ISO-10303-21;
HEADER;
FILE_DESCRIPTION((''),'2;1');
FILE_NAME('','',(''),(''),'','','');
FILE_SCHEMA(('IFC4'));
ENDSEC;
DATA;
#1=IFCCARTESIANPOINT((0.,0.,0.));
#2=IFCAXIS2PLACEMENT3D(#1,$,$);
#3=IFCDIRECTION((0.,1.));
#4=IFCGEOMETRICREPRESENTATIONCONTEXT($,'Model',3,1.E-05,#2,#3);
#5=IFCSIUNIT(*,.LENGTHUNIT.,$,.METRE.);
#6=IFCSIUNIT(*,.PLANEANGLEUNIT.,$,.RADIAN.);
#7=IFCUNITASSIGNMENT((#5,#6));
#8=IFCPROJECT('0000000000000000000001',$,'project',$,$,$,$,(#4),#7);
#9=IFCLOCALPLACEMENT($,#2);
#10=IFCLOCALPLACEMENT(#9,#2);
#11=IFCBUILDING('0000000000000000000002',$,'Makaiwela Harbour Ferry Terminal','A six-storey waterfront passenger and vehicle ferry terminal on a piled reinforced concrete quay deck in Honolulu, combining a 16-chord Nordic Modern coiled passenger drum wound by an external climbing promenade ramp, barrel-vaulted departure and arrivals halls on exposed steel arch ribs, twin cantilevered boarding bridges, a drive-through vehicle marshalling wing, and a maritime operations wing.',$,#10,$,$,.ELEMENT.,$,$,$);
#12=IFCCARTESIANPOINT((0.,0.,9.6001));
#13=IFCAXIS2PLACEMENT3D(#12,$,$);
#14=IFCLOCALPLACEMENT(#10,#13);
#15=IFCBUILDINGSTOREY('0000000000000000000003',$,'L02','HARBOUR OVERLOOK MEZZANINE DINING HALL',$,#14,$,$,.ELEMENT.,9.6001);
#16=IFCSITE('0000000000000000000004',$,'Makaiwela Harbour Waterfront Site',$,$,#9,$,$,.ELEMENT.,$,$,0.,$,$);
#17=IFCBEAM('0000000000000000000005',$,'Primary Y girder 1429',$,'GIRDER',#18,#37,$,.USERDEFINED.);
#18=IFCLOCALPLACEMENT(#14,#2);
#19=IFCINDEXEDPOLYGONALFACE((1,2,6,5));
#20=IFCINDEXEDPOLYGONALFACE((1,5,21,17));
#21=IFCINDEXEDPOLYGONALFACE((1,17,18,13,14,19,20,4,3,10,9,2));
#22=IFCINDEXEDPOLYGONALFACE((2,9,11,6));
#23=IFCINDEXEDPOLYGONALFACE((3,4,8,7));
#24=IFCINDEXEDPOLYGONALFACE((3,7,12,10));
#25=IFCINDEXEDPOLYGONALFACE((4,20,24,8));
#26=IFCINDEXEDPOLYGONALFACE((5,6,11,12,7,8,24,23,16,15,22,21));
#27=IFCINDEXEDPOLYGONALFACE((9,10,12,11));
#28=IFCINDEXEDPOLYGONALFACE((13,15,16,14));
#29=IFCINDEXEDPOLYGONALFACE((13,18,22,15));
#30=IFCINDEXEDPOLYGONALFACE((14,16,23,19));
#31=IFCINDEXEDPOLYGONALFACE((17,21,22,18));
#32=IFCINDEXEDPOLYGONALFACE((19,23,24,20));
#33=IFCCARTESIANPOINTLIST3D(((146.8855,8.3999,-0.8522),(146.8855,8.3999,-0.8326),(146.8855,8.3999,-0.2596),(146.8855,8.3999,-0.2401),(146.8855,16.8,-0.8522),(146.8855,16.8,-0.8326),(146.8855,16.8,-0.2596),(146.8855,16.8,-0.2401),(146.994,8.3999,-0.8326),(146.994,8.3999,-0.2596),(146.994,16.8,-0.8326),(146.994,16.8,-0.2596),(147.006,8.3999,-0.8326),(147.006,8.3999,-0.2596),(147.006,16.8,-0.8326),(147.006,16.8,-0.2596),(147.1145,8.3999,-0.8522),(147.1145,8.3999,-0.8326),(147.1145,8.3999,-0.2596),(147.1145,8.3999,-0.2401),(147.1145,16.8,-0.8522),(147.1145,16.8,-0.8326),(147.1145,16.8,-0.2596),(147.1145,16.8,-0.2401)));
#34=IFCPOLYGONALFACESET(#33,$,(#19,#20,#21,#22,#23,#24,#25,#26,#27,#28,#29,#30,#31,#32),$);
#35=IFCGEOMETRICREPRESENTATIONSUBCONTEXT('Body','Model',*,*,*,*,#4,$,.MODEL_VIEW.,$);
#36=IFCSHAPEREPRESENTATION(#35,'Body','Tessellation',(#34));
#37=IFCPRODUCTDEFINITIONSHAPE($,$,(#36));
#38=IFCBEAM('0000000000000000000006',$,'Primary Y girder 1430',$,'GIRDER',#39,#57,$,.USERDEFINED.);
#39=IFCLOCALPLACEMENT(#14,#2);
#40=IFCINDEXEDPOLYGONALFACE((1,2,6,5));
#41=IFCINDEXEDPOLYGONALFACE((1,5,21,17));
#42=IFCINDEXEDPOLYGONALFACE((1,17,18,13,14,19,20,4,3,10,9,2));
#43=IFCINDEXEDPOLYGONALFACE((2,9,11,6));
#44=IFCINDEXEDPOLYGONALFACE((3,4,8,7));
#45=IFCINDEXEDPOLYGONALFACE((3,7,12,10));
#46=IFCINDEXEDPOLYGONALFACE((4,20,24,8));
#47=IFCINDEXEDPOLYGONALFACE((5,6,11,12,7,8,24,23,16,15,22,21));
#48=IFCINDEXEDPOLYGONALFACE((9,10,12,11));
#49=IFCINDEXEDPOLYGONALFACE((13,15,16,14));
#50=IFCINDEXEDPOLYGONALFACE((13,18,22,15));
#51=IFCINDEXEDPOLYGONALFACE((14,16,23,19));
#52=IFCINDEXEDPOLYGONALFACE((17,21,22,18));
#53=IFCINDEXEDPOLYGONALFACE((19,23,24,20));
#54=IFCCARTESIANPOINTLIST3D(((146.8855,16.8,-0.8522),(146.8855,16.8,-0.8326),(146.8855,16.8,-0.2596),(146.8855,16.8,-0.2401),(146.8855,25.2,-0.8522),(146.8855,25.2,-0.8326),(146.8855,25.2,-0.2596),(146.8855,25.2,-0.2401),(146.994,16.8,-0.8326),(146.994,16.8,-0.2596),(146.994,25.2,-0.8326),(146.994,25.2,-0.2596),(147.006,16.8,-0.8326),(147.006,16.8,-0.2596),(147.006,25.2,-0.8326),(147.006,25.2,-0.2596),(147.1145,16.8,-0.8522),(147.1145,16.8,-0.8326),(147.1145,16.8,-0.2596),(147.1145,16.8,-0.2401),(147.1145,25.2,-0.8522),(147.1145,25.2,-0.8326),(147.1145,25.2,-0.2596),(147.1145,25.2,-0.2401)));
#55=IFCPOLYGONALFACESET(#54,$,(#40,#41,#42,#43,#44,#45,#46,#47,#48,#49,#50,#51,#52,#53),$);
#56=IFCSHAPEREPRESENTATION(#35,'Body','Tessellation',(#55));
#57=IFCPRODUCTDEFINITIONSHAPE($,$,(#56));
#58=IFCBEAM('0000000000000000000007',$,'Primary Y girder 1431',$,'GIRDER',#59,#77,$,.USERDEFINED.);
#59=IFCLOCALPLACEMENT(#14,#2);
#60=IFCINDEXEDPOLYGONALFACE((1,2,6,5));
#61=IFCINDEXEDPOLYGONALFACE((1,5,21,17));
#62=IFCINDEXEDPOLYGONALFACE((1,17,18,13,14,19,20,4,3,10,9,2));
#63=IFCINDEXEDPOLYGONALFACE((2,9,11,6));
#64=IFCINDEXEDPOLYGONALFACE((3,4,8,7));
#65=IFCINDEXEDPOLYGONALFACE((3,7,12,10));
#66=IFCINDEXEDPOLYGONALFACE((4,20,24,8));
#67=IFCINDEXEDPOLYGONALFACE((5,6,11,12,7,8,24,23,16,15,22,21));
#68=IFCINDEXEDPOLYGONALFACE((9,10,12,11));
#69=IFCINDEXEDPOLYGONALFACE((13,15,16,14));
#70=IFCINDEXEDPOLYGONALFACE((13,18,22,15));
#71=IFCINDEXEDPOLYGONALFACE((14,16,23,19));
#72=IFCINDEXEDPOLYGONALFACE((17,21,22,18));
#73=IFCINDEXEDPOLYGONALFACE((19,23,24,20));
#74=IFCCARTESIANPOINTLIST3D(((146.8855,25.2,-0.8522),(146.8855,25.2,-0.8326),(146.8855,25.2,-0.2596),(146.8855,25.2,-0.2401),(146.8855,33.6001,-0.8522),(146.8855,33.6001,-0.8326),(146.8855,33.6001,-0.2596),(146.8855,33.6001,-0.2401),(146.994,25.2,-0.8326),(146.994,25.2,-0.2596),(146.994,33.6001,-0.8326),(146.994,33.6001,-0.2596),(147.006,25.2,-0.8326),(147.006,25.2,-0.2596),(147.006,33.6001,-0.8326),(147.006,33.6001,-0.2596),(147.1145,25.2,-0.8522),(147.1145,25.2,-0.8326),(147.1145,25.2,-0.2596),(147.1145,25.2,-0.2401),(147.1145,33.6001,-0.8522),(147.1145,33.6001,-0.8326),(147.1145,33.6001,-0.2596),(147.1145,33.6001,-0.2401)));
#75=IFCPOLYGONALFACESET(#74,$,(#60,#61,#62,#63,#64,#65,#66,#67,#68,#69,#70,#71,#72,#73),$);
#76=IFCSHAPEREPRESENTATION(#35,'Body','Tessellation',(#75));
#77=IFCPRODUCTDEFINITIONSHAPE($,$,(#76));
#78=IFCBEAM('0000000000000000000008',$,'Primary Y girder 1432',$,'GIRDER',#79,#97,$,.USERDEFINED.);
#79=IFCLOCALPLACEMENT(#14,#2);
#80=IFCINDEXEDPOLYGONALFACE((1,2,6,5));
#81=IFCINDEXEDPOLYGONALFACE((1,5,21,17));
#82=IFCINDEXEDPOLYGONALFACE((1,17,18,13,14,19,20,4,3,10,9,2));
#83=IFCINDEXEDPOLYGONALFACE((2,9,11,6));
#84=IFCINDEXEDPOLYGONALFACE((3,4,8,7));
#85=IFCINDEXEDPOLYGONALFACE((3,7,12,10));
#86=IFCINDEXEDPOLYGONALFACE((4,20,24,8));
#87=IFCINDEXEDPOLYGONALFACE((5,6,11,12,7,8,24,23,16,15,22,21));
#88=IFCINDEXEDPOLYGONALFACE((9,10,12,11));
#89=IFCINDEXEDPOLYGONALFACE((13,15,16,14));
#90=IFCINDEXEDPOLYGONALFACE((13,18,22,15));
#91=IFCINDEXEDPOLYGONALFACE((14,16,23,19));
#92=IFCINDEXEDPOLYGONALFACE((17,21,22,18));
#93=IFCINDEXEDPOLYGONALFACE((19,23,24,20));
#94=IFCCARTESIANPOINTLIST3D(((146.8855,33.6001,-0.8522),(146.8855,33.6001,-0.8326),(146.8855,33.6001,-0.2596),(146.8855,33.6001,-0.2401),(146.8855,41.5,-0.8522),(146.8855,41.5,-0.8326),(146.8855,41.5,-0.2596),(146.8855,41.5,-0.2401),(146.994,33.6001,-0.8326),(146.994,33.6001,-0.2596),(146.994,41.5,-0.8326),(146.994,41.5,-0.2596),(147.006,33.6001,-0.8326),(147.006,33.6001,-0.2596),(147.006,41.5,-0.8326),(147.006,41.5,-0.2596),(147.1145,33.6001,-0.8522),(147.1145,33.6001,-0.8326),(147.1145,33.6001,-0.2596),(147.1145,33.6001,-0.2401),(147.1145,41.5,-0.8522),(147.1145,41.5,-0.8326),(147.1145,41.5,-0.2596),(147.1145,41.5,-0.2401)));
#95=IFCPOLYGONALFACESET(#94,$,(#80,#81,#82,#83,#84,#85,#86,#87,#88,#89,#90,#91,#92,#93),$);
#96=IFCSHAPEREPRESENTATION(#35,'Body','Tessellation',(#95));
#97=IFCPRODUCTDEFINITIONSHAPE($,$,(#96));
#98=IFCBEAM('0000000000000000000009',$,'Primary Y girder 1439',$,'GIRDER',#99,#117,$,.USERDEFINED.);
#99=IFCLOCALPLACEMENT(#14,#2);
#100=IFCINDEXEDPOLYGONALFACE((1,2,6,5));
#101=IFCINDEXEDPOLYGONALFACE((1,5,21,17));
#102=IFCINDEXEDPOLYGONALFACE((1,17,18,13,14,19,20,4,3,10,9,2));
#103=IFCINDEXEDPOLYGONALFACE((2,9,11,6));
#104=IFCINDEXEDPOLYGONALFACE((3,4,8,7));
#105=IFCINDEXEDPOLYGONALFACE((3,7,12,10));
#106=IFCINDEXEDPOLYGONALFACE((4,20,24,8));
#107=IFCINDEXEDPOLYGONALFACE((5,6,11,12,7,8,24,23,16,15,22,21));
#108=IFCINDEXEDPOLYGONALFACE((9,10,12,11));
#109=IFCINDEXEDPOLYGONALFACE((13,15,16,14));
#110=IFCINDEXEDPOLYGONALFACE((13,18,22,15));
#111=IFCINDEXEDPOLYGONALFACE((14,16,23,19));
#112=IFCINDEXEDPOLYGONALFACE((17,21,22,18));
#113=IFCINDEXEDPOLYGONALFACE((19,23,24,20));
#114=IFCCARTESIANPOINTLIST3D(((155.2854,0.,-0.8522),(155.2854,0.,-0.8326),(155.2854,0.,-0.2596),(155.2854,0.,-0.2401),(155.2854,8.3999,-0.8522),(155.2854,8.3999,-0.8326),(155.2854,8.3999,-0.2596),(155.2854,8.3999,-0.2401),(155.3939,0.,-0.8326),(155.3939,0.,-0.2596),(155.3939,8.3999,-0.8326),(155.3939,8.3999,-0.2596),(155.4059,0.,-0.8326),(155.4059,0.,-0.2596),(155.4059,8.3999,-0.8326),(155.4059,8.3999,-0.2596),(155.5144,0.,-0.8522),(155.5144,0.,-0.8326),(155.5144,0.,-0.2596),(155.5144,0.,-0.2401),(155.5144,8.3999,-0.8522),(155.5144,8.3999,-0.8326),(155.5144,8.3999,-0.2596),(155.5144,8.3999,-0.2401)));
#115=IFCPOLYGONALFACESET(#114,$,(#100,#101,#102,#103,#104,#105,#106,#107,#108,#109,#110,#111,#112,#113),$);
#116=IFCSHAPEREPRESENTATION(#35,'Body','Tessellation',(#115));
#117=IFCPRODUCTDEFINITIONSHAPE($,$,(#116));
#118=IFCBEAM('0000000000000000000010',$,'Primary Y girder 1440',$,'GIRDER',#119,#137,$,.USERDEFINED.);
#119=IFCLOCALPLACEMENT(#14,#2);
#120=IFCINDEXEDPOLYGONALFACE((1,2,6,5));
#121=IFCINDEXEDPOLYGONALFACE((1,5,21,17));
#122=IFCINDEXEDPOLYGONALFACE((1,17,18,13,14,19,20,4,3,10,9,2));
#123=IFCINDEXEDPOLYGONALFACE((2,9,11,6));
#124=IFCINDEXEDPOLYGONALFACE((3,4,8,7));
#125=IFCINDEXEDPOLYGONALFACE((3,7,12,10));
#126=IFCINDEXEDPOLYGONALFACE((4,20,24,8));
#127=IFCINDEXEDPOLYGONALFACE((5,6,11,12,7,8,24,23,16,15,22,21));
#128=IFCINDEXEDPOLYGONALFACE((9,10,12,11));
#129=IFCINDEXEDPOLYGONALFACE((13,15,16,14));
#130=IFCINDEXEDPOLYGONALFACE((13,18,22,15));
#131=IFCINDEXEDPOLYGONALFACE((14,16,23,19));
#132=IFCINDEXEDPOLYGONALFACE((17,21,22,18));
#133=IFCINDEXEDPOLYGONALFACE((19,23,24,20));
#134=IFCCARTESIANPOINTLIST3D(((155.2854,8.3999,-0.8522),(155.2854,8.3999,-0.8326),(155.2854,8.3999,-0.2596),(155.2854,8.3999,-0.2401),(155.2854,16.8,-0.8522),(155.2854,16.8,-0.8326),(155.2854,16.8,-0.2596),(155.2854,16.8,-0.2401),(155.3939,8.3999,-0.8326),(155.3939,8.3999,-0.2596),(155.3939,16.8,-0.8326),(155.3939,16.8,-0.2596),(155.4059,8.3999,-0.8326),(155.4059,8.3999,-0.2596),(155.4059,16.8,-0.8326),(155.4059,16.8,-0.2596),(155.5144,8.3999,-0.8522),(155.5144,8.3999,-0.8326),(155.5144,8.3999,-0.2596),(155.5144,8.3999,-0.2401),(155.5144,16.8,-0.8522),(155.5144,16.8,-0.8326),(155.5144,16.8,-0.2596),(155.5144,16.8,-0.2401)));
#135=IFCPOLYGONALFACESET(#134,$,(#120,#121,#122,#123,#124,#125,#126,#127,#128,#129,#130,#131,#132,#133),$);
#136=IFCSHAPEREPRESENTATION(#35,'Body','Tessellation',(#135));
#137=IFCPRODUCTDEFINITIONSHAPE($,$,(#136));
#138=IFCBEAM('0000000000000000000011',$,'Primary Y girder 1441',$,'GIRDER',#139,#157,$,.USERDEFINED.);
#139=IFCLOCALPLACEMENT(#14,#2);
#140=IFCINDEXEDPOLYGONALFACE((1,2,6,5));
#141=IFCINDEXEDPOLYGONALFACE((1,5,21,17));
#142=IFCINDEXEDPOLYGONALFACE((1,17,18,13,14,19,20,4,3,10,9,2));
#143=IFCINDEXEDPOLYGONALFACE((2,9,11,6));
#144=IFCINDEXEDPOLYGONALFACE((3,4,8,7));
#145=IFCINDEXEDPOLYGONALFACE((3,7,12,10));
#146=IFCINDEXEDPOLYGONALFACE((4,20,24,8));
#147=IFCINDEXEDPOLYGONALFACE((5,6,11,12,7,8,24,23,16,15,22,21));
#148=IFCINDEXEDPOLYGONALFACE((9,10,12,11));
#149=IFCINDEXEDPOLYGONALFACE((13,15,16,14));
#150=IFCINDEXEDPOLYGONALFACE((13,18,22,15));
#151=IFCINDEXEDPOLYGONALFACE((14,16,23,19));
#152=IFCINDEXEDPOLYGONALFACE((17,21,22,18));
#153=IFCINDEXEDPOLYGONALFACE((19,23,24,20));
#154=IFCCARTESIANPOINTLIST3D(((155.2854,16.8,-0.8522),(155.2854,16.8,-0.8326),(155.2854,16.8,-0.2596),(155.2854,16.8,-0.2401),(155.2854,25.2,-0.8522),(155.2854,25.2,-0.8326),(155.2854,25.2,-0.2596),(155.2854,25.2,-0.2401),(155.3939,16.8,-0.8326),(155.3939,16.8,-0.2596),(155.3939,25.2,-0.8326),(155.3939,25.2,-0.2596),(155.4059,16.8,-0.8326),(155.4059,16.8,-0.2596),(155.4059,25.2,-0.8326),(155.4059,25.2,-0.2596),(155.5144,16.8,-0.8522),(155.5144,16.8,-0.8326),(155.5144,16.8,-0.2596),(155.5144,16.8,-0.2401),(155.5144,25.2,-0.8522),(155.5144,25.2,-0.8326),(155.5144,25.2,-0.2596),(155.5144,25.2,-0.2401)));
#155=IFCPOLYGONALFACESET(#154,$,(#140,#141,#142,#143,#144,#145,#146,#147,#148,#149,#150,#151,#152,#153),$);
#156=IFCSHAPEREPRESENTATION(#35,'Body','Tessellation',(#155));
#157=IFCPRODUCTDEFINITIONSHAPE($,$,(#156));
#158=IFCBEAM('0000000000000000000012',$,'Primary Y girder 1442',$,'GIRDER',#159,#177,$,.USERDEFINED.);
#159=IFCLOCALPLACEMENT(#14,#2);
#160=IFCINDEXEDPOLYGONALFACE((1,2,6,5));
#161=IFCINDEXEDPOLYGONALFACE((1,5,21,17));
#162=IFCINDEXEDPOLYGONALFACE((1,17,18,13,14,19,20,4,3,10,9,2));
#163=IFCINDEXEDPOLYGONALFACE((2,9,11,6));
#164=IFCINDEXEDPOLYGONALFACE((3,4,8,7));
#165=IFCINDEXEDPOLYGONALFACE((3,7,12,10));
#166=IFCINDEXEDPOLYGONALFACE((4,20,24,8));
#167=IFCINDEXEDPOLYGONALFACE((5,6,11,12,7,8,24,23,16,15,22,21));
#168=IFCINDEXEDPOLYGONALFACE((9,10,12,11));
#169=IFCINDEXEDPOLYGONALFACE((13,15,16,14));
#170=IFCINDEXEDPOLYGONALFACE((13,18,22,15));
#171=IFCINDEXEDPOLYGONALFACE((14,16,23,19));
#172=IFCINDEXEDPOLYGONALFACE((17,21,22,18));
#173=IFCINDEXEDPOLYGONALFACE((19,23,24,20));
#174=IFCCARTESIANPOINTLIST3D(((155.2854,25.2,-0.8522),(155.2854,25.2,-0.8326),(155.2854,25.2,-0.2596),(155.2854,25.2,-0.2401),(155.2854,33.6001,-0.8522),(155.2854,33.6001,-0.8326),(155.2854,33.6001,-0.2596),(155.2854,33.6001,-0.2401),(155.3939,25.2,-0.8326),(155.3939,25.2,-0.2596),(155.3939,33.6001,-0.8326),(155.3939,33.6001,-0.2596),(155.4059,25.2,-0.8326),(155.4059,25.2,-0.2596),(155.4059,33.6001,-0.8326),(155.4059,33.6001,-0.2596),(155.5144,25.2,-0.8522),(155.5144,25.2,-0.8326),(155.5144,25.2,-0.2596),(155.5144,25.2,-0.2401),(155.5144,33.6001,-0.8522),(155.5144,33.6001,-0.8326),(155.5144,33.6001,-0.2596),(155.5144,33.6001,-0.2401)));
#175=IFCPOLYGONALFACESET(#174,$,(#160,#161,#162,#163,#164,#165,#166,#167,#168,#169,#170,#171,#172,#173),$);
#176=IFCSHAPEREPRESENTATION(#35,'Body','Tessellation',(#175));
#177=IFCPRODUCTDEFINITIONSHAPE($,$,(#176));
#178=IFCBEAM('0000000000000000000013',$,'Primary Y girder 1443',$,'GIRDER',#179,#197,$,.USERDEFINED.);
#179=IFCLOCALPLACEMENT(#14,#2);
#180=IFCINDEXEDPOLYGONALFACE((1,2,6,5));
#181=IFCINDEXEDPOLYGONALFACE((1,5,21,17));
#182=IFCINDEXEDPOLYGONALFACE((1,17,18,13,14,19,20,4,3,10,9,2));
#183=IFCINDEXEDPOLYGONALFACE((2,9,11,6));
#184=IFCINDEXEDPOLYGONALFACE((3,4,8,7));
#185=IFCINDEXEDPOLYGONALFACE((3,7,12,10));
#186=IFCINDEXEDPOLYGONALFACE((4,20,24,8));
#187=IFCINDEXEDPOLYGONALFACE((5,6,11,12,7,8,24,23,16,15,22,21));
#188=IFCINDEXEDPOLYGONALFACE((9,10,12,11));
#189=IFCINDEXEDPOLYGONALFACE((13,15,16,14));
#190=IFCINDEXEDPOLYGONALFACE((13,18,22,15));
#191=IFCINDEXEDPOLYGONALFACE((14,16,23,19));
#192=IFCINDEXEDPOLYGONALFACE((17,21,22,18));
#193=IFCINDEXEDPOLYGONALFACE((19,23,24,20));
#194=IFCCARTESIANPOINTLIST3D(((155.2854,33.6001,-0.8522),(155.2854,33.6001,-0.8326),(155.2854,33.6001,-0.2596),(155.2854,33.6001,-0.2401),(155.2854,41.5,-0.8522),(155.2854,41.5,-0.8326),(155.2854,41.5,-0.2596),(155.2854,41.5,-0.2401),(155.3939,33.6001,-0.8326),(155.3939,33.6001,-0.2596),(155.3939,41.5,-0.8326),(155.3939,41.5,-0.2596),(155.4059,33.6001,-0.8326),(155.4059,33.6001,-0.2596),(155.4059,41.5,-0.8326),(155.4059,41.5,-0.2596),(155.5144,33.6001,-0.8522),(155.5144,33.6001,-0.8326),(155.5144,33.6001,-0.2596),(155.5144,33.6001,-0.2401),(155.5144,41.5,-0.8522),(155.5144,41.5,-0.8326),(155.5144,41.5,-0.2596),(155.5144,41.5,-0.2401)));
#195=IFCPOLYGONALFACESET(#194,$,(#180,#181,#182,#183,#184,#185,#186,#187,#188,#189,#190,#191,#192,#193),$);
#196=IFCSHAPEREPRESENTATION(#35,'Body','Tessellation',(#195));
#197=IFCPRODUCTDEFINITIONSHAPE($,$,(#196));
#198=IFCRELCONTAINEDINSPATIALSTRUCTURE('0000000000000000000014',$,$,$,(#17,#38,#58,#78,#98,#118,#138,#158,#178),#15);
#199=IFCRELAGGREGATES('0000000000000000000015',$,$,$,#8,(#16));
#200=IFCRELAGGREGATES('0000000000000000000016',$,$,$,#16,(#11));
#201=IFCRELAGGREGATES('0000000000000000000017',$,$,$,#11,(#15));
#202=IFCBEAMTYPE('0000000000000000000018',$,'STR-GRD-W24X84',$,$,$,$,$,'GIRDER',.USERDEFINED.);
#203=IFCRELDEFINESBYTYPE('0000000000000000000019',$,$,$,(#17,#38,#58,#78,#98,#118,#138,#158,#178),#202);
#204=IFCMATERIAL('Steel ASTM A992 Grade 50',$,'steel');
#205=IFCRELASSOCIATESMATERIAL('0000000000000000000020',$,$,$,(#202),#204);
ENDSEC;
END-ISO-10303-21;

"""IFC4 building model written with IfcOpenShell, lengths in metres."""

from ifc_helpers import new_model, si_unit, direction, frame, origin, origin_2d, place, context, subcontext, project, spatial, i_section, extrude, material, material_profile, profile_set, type_object, element, save


model = new_model("IFC4")

# Units and contexts
model_context = context("Model", 3, precision=1e-05, world=origin(), true_north=direction((0.0, 1.0)))
body_context = subcontext(model_context, "Body", "Model", "MODEL_VIEW")
ifc_project = project(units=[si_unit("LENGTHUNIT", "METRE"), si_unit("PLANEANGLEUNIT", "RADIAN")], contexts=[model_context])

# Site, building, storey
site_placement = place(None, origin())
site = spatial("IfcSite", under=ifc_project, at=site_placement, Name="Makaiwela Harbour Waterfront Site", CompositionType="ELEMENT", RefElevation=0.0)
building_placement = place(site_placement, origin())
building = spatial("IfcBuilding", under=site, at=building_placement, Name="Makaiwela Harbour Ferry Terminal", Description="A six-storey waterfront passenger and vehicle ferry terminal on a piled reinforced concrete quay deck in Honolulu, combining a 16-chord Nordic Modern coiled passenger drum wound by an external climbing promenade ramp, barrel-vaulted departure and arrivals halls on exposed steel arch ribs, twin cantilevered boarding bridges, a drive-through vehicle marshalling wing, and a maritime operations wing.", CompositionType="ELEMENT")
storey_placement = place(building_placement, frame((0.0, 0.0, 9.6001)))
storey = spatial("IfcBuildingStorey", under=building, at=storey_placement, Name="L02", Description="HARBOUR OVERLOOK MEZZANINE DINING HALL", CompositionType="ELEMENT", Elevation=9.6001)

# Beams
ifc_material_1 = material(Name="Steel ASTM A992 Grade 50", Category="steel")
ifc_material_profile_1 = material_profile(ifc_material_1, i_section(OverallWidth=0.229, OverallDepth=0.6121, WebThickness=0.012, FlangeThickness=0.0195, at=origin_2d()), Name="W24X84")
ifc_profile_set_1 = profile_set([ifc_material_profile_1], Name="Steel ASTM A992 Grade 50")
beam_type_1 = type_object("IfcBeamType", Name="STR-GRD-W24X84", ElementType="GIRDER", PredefinedType="USERDEFINED", material=ifc_profile_set_1)
beam_1_placement = place(storey_placement, frame((147.0, 8.3999, -0.5461), z_axis=(0.0, 1.0, 0.0), x_axis=(-1.0, 0.0, 0.0)))
element("IfcBeam", 1, at=beam_1_placement, inside=storey, type_object=beam_type_1, Name="Primary Y girder 1429", ObjectType="GIRDER", PredefinedType="USERDEFINED", context=body_context, shape_type="SweptSolid", body=[
    extrude(i_section(OverallWidth=0.229, OverallDepth=0.6121, WebThickness=0.012, FlangeThickness=0.0195, at=origin_2d()), origin(), (0.0, 0.0, 1.0), 8.4001),
])
beam_2_placement = place(storey_placement, frame((147.0, 16.8, -0.5461), z_axis=(0.0, 1.0, 0.0), x_axis=(-1.0, 0.0, 0.0)))
element("IfcBeam", 2, at=beam_2_placement, inside=storey, type_object=beam_type_1, Name="Primary Y girder 1430", ObjectType="GIRDER", PredefinedType="USERDEFINED", context=body_context, shape_type="SweptSolid", body=[
    extrude(i_section(OverallWidth=0.229, OverallDepth=0.6121, WebThickness=0.012, FlangeThickness=0.0195, at=origin_2d()), origin(), (0.0, 0.0, 1.0), 8.3999),
])
beam_3_placement = place(storey_placement, frame((147.0, 25.2, -0.5461), z_axis=(0.0, 1.0, 0.0), x_axis=(-1.0, 0.0, 0.0)))
element("IfcBeam", 3, at=beam_3_placement, inside=storey, type_object=beam_type_1, Name="Primary Y girder 1431", ObjectType="GIRDER", PredefinedType="USERDEFINED", context=body_context, shape_type="SweptSolid", body=[
    extrude(i_section(OverallWidth=0.229, OverallDepth=0.6121, WebThickness=0.012, FlangeThickness=0.0195, at=origin_2d()), origin(), (0.0, 0.0, 1.0), 8.4001),
])
beam_4_placement = place(storey_placement, frame((147.0, 33.6001, -0.5461), z_axis=(0.0, 1.0, 0.0), x_axis=(-1.0, 0.0, 0.0)))
element("IfcBeam", 4, at=beam_4_placement, inside=storey, type_object=beam_type_1, Name="Primary Y girder 1432", ObjectType="GIRDER", PredefinedType="USERDEFINED", context=body_context, shape_type="SweptSolid", body=[
    extrude(i_section(OverallWidth=0.229, OverallDepth=0.6121, WebThickness=0.012, FlangeThickness=0.0195, at=origin_2d()), origin(), (0.0, 0.0, 1.0), 7.8999),
])
beam_5_placement = place(storey_placement, frame((155.3999, 0.0, -0.5461), z_axis=(0.0, 1.0, 0.0), x_axis=(-1.0, 0.0, 0.0)))
element("IfcBeam", 5, at=beam_5_placement, inside=storey, type_object=beam_type_1, Name="Primary Y girder 1439", ObjectType="GIRDER", PredefinedType="USERDEFINED", context=body_context, shape_type="SweptSolid", body=[
    extrude(i_section(OverallWidth=0.229, OverallDepth=0.6121, WebThickness=0.012, FlangeThickness=0.0195, at=origin_2d()), origin(), (0.0, 0.0, 1.0), 8.3999),
])
beam_6_placement = place(storey_placement, frame((155.3999, 8.3999, -0.5461), z_axis=(0.0, 1.0, 0.0), x_axis=(-1.0, 0.0, 0.0)))
element("IfcBeam", 6, at=beam_6_placement, inside=storey, type_object=beam_type_1, Name="Primary Y girder 1440", ObjectType="GIRDER", PredefinedType="USERDEFINED", context=body_context, shape_type="SweptSolid", body=[
    extrude(i_section(OverallWidth=0.229, OverallDepth=0.6121, WebThickness=0.012, FlangeThickness=0.0195, at=origin_2d()), origin(), (0.0, 0.0, 1.0), 8.4001),
])
beam_7_placement = place(storey_placement, frame((155.3999, 16.8, -0.5461), z_axis=(0.0, 1.0, 0.0), x_axis=(-1.0, 0.0, 0.0)))
element("IfcBeam", 7, at=beam_7_placement, inside=storey, type_object=beam_type_1, Name="Primary Y girder 1441", ObjectType="GIRDER", PredefinedType="USERDEFINED", context=body_context, shape_type="SweptSolid", body=[
    extrude(i_section(OverallWidth=0.229, OverallDepth=0.6121, WebThickness=0.012, FlangeThickness=0.0195, at=origin_2d()), origin(), (0.0, 0.0, 1.0), 8.3999),
])
beam_8_placement = place(storey_placement, frame((155.3999, 25.2, -0.5461), z_axis=(0.0, 1.0, 0.0), x_axis=(-1.0, 0.0, 0.0)))
element("IfcBeam", 8, at=beam_8_placement, inside=storey, type_object=beam_type_1, Name="Primary Y girder 1442", ObjectType="GIRDER", PredefinedType="USERDEFINED", context=body_context, shape_type="SweptSolid", body=[
    extrude(i_section(OverallWidth=0.229, OverallDepth=0.6121, WebThickness=0.012, FlangeThickness=0.0195, at=origin_2d()), origin(), (0.0, 0.0, 1.0), 8.4001),
])
beam_9_placement = place(storey_placement, frame((155.3999, 33.6001, -0.5461), z_axis=(0.0, 1.0, 0.0), x_axis=(-1.0, 0.0, 0.0)))
element("IfcBeam", 9, at=beam_9_placement, inside=storey, type_object=beam_type_1, Name="Primary Y girder 1443", ObjectType="GIRDER", PredefinedType="USERDEFINED", context=body_context, shape_type="SweptSolid", body=[
    extrude(i_section(OverallWidth=0.229, OverallDepth=0.6121, WebThickness=0.012, FlangeThickness=0.0195, at=origin_2d()), origin(), (0.0, 0.0, 1.0), 7.8999),
])

save(model, "model.ifc")
